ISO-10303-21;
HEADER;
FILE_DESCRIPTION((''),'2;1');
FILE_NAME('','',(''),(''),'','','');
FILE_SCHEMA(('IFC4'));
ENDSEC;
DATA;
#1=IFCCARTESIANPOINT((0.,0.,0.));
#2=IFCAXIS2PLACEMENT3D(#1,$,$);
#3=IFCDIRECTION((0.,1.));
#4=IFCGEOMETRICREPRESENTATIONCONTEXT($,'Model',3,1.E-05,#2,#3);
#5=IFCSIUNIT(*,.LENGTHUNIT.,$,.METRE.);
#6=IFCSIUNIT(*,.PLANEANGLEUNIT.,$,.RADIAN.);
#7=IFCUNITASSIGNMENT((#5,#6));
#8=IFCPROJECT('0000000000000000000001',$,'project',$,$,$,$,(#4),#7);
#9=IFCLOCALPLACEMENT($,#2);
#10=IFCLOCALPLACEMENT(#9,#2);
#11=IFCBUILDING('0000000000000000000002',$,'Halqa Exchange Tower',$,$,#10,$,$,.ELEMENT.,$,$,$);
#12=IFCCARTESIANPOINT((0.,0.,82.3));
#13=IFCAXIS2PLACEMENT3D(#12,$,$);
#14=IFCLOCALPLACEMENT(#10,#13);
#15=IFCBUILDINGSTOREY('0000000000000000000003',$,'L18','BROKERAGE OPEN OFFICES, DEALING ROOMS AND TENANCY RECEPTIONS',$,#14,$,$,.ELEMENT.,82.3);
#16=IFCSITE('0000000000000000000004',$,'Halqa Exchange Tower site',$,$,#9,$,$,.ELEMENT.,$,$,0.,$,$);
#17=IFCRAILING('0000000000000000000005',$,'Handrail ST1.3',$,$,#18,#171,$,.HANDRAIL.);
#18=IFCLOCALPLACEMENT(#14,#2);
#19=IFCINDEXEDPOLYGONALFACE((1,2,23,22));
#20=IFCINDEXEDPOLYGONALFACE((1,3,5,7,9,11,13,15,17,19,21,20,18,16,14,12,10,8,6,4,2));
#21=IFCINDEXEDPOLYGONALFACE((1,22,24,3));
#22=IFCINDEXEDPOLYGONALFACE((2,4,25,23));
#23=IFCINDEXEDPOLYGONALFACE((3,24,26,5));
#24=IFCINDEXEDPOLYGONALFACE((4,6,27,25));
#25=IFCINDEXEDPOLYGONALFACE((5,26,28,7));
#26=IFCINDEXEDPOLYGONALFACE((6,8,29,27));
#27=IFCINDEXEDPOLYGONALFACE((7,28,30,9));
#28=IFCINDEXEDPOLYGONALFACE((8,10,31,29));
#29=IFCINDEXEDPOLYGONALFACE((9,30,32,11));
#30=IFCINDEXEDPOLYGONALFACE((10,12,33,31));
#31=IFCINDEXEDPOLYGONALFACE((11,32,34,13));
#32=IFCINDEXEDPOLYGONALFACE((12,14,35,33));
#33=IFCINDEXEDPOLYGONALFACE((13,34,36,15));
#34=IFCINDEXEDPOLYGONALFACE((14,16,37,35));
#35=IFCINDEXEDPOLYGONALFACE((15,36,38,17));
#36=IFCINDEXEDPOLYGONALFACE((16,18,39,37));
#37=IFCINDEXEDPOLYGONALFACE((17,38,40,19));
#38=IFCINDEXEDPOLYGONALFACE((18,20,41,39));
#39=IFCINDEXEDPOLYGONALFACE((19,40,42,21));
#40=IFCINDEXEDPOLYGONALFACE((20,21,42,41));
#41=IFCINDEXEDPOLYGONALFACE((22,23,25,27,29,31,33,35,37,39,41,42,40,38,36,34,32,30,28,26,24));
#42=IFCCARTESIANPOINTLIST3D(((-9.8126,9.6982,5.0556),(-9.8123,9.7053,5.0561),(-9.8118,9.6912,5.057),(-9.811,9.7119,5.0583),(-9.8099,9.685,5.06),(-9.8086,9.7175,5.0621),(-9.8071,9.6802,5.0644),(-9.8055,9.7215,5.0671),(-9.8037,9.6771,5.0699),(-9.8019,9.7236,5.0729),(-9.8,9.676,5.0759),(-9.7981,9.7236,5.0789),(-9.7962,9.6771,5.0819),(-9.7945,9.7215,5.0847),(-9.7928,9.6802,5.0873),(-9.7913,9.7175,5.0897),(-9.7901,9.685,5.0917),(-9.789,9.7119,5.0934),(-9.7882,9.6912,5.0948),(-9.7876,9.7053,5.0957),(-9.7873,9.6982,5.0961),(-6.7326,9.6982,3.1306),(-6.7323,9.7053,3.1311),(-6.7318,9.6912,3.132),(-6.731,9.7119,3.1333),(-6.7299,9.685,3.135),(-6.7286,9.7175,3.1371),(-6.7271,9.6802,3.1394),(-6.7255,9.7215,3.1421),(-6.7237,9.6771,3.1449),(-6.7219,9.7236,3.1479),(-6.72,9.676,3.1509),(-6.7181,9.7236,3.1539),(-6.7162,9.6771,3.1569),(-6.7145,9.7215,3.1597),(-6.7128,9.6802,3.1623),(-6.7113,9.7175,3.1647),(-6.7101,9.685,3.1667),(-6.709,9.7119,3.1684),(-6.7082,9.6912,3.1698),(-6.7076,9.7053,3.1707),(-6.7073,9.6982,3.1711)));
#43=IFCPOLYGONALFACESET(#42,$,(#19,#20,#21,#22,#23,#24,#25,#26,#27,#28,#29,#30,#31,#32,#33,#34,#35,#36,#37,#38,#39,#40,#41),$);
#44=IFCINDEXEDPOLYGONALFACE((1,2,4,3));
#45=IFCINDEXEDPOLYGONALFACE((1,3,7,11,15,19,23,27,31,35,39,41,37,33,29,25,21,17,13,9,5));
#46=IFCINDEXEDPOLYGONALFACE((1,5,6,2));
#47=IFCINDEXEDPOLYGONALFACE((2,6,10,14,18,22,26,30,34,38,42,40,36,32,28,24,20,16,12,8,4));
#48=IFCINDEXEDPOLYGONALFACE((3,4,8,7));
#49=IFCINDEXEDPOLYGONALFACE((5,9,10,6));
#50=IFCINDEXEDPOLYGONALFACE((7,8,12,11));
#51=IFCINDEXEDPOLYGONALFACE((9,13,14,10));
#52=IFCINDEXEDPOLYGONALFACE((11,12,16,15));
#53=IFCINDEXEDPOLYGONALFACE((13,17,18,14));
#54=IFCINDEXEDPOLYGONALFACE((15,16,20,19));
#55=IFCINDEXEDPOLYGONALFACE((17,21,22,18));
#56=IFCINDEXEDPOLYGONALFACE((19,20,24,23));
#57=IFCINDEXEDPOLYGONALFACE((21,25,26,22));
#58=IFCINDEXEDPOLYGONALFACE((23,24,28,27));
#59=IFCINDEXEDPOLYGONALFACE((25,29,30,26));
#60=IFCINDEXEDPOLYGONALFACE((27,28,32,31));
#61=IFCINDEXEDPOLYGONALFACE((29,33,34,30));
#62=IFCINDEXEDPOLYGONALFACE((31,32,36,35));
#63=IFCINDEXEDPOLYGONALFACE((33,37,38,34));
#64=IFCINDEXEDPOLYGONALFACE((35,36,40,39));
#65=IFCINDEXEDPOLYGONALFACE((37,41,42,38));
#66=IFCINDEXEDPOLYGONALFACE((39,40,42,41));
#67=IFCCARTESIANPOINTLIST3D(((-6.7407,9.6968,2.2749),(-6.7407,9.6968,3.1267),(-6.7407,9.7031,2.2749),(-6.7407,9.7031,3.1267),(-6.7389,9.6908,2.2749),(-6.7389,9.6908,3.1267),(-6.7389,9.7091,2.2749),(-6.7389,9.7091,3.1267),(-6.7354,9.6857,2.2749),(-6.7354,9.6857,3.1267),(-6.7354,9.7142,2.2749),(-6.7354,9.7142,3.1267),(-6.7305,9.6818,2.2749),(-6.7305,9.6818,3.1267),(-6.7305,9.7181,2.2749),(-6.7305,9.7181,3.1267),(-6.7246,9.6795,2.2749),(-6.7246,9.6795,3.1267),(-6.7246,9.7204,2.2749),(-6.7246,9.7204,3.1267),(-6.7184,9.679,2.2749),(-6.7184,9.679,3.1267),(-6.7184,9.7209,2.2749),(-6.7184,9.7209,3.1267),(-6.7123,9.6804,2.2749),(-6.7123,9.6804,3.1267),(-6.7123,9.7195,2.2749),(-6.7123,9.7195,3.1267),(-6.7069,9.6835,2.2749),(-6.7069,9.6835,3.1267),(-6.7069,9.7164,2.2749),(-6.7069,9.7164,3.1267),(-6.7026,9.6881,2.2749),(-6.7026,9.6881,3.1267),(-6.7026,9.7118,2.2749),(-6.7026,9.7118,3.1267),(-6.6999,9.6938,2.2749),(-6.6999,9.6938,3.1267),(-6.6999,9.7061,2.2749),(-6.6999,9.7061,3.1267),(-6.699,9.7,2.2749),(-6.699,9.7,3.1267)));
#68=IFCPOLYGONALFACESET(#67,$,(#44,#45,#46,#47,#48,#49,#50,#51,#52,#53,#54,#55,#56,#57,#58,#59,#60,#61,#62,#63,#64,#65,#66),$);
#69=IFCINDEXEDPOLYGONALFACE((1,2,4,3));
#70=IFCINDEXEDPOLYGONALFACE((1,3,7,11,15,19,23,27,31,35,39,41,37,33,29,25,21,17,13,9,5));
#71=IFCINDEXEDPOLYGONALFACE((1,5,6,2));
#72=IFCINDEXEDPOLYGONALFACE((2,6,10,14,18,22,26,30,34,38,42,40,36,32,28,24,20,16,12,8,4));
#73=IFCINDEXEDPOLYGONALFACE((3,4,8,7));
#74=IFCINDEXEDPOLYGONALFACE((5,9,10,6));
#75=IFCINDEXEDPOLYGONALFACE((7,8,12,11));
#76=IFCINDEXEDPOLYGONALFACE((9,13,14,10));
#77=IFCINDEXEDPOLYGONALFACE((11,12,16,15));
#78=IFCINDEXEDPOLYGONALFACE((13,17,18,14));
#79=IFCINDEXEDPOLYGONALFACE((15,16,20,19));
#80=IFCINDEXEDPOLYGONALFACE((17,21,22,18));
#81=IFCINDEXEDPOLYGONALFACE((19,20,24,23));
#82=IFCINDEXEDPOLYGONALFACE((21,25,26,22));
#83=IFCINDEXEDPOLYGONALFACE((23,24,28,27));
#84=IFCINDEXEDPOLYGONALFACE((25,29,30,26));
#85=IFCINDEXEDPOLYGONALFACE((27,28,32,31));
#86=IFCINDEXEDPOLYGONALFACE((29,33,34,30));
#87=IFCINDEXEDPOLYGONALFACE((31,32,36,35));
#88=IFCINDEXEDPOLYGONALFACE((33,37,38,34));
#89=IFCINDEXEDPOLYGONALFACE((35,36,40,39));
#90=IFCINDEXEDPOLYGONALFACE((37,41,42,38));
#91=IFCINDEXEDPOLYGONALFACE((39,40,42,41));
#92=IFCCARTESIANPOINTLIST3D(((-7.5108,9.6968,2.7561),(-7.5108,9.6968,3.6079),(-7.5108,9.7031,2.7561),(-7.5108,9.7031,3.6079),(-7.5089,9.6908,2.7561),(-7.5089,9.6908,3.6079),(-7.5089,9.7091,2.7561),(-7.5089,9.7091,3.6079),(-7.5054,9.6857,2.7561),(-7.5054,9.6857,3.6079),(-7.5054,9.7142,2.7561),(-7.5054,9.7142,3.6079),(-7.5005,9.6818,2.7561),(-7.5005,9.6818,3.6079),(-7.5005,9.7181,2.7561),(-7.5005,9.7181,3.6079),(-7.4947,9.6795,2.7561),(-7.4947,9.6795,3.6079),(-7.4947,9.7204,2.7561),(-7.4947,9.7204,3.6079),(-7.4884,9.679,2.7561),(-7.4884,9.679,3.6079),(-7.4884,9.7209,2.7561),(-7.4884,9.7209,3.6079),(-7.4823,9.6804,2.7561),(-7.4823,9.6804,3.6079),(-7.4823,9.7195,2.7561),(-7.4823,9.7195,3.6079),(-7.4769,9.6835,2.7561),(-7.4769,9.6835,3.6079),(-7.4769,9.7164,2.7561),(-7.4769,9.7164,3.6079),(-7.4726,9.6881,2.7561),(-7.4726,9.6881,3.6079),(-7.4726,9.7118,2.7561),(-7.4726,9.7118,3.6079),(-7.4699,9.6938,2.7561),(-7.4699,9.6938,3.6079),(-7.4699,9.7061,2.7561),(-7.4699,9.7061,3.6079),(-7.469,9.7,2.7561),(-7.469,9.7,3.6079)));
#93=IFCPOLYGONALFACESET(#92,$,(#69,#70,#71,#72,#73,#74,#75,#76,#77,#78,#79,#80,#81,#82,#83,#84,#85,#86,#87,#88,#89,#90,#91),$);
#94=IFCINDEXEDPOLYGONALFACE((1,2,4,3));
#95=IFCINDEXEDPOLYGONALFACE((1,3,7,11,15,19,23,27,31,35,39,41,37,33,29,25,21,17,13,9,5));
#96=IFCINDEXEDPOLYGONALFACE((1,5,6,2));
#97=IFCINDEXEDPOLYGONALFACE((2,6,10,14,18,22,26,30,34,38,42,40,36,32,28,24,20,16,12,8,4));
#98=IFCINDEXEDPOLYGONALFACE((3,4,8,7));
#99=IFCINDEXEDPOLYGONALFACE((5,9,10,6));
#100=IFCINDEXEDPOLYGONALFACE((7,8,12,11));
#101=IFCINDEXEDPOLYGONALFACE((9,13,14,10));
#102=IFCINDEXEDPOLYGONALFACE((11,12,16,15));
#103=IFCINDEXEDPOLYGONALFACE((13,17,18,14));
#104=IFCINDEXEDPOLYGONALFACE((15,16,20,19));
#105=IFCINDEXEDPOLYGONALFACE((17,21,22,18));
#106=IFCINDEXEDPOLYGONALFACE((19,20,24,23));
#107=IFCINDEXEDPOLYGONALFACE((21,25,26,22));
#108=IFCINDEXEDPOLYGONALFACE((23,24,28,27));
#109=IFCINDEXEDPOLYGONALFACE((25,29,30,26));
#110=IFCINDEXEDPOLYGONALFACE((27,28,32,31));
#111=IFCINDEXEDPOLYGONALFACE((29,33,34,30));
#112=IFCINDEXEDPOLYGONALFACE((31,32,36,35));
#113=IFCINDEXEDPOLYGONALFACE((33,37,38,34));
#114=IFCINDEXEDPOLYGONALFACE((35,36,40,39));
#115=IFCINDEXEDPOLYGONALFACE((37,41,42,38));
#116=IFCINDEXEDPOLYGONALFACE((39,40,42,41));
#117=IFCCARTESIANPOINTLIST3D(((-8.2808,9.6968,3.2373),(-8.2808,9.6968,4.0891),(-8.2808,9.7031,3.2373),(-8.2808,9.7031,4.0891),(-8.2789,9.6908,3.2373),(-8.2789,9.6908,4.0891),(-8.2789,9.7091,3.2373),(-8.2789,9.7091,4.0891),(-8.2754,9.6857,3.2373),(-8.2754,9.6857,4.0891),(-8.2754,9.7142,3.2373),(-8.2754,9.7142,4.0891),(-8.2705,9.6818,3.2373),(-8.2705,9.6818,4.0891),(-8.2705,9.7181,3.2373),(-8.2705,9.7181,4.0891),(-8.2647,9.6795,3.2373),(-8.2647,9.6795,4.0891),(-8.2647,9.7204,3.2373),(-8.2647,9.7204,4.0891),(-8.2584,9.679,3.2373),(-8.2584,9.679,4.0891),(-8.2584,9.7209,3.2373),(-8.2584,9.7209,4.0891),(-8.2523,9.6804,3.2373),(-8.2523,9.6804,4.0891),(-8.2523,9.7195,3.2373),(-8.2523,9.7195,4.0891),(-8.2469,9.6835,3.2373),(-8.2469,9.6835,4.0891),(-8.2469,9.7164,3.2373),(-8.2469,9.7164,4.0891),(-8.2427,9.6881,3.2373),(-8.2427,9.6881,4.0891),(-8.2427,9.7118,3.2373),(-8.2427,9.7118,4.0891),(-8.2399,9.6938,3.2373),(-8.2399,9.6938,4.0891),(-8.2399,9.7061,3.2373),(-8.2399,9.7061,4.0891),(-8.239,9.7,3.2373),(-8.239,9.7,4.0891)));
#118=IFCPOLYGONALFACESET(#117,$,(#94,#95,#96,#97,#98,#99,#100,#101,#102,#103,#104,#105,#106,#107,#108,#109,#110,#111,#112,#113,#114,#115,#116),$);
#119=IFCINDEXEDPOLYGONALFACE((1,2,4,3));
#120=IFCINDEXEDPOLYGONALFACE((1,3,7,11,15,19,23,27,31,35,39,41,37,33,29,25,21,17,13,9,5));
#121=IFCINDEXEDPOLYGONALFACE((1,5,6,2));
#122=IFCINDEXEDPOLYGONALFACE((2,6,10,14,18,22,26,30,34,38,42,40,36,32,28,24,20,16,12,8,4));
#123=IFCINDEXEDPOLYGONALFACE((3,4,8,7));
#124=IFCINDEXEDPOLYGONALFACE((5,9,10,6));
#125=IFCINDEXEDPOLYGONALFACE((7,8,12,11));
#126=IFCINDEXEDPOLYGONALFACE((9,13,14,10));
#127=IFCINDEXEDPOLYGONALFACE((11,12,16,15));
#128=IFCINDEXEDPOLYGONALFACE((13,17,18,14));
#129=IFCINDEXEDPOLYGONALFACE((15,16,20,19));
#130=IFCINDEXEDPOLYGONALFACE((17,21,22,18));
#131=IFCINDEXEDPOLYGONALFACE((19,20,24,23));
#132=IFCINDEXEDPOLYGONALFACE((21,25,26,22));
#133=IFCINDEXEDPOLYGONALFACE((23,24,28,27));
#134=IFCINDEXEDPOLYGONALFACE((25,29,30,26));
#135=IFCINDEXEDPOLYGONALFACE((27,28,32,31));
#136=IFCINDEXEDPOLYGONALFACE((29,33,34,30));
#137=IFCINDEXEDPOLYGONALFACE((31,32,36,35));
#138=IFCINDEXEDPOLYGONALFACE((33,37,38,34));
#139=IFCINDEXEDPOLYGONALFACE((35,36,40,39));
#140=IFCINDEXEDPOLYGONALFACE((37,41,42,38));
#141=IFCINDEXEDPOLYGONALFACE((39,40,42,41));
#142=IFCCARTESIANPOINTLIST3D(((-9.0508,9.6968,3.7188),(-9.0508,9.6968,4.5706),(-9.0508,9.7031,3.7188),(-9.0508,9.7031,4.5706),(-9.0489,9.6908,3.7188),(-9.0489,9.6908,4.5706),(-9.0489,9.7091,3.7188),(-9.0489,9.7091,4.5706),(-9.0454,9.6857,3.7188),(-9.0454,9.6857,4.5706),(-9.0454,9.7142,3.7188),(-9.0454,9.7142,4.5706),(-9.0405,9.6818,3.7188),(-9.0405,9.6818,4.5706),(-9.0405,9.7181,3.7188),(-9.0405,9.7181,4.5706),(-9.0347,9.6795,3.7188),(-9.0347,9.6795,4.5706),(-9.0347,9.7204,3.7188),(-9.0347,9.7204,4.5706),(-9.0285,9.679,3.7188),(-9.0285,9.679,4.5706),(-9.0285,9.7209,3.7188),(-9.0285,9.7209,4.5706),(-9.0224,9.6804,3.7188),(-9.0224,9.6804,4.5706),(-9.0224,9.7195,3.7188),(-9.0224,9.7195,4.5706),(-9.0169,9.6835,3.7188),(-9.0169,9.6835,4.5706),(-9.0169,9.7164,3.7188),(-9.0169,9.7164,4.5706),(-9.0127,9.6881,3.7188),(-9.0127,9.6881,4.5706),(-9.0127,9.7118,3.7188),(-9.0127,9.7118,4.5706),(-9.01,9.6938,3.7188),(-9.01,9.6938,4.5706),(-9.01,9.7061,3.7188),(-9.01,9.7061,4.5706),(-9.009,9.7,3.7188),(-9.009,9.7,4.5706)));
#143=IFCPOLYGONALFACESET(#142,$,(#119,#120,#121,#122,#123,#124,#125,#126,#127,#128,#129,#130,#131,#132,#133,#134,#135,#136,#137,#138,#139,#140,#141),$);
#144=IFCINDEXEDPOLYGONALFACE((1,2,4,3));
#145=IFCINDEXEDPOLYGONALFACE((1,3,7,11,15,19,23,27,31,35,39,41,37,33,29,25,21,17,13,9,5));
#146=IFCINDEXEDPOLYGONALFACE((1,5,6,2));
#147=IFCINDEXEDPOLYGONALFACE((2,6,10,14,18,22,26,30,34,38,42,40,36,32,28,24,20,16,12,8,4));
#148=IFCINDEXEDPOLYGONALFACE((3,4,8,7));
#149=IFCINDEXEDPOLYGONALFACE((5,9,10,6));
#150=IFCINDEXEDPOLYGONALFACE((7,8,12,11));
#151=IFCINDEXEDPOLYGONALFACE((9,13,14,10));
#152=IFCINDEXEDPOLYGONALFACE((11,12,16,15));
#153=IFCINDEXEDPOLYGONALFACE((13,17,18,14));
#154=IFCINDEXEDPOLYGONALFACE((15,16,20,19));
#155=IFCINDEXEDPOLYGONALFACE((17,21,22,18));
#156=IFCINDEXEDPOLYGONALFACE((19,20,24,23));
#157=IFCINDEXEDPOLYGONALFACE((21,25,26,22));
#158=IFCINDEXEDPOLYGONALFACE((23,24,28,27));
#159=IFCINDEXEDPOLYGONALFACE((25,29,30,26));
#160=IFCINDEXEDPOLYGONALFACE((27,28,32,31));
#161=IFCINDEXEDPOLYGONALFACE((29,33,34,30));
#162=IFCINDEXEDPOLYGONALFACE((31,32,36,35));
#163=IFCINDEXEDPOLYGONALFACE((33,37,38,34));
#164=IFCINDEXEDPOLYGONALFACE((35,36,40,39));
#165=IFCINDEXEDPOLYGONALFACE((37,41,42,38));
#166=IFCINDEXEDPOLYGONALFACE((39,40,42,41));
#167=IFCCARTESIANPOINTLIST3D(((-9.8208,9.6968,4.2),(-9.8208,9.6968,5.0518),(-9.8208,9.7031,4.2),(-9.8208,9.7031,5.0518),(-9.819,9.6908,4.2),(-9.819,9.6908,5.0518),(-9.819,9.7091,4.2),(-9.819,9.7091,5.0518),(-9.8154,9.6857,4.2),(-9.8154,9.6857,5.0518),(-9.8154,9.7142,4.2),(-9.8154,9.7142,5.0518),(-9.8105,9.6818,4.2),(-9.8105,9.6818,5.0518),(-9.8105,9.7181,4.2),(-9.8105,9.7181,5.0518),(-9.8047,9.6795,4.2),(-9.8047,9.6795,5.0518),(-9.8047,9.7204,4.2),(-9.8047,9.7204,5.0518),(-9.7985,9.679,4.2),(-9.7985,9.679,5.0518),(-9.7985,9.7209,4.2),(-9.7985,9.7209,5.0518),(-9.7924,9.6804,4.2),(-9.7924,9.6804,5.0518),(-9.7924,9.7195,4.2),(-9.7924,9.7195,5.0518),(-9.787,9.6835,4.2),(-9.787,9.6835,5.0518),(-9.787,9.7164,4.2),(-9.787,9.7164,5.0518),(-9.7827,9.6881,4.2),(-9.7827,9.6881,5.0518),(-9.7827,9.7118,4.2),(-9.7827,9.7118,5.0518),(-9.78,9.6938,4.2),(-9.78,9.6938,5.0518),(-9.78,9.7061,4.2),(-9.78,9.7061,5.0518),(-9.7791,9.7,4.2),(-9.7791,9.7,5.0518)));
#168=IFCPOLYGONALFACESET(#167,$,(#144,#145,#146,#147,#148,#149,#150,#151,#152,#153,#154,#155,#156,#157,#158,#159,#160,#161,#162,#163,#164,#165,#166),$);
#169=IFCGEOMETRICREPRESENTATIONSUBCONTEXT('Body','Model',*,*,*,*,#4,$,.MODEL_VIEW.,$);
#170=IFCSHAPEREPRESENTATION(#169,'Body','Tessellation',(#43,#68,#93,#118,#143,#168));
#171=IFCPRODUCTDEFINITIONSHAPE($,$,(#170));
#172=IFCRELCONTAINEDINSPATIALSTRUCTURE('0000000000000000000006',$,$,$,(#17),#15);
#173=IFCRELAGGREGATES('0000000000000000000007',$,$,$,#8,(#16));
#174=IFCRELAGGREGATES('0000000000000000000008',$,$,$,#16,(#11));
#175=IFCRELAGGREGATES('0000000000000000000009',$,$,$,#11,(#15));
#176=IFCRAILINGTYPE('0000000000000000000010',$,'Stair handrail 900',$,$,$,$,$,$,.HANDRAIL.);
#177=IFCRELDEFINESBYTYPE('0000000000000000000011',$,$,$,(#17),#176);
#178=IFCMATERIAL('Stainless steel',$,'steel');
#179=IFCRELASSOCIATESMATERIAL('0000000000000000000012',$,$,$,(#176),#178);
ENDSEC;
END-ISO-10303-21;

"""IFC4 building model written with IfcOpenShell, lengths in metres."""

from ifc_helpers import new_model, si_unit, direction, frame, origin, origin_2d, place, context, subcontext, project, spatial, circle, extrude, material, type_object, element, save


model = new_model("IFC4")

# Units and contexts
model_context = context("Model", 3, precision=1e-05, world=origin(), true_north=direction((0.0, 1.0)))
body_context = subcontext(model_context, "Body", "Model", "MODEL_VIEW")
ifc_project = project(units=[si_unit("LENGTHUNIT", "METRE"), si_unit("PLANEANGLEUNIT", "RADIAN")], contexts=[model_context])

# Site, building, storey
site_placement = place(None, origin())
site = spatial("IfcSite", under=ifc_project, at=site_placement, Name="Halqa Exchange Tower site", CompositionType="ELEMENT", RefElevation=0.0)
building_placement = place(site_placement, origin())
building = spatial("IfcBuilding", under=site, at=building_placement, Name="Halqa Exchange Tower", CompositionType="ELEMENT")
storey_placement = place(building_placement, frame((0.0, 0.0, 82.3)))
storey = spatial("IfcBuildingStorey", under=building, at=storey_placement, Name="L18", Description="BROKERAGE OPEN OFFICES, DEALING ROOMS AND TENANCY RECEPTIONS", CompositionType="ELEMENT", Elevation=82.3)

# Railing
ifc_material_1 = material(Name="Stainless steel", Category="steel")
railing_type_1 = type_object("IfcRailingType", Name="Stair handrail 900", PredefinedType="HANDRAIL", material=ifc_material_1)
railing_1_placement = place(storey_placement, frame((-6.72, 9.7, 2.2749)))
element("IfcRailing", 1, at=railing_1_placement, inside=storey, type_object=railing_type_1, Name="Handrail ST1.3", PredefinedType="HANDRAIL", context=body_context, shape_type="SweptSolid", body=[
    extrude(circle(Radius=0.0239, at=origin_2d()), frame((0.0, 0.0, 0.876), z_axis=(-0.847998, 0.0, 0.529999), x_axis=(0.0, -1.0, 0.0)), (0.0, 0.0, 1.0), 3.6321),
    extrude(circle(Radius=0.021, at=origin_2d()), origin(), (0.0, 0.0, 1.0), 0.8518),
    extrude(circle(Radius=0.021, at=origin_2d()), frame((-0.77, 0.0, 0.4812)), (0.0, 0.0, 1.0), 0.8518),
    extrude(circle(Radius=0.021, at=origin_2d()), frame((-1.54, 0.0, 0.9624)), (0.0, 0.0, 1.0), 0.8518),
    extrude(circle(Radius=0.021, at=origin_2d()), frame((-2.3101, 0.0, 1.4438)), (0.0, 0.0, 1.0), 0.8518),
    extrude(circle(Radius=0.021, at=origin_2d()), frame((-3.0801, 0.0, 1.925)), (0.0, 0.0, 1.0), 0.8518),
])

save(model, "model.ifc")
